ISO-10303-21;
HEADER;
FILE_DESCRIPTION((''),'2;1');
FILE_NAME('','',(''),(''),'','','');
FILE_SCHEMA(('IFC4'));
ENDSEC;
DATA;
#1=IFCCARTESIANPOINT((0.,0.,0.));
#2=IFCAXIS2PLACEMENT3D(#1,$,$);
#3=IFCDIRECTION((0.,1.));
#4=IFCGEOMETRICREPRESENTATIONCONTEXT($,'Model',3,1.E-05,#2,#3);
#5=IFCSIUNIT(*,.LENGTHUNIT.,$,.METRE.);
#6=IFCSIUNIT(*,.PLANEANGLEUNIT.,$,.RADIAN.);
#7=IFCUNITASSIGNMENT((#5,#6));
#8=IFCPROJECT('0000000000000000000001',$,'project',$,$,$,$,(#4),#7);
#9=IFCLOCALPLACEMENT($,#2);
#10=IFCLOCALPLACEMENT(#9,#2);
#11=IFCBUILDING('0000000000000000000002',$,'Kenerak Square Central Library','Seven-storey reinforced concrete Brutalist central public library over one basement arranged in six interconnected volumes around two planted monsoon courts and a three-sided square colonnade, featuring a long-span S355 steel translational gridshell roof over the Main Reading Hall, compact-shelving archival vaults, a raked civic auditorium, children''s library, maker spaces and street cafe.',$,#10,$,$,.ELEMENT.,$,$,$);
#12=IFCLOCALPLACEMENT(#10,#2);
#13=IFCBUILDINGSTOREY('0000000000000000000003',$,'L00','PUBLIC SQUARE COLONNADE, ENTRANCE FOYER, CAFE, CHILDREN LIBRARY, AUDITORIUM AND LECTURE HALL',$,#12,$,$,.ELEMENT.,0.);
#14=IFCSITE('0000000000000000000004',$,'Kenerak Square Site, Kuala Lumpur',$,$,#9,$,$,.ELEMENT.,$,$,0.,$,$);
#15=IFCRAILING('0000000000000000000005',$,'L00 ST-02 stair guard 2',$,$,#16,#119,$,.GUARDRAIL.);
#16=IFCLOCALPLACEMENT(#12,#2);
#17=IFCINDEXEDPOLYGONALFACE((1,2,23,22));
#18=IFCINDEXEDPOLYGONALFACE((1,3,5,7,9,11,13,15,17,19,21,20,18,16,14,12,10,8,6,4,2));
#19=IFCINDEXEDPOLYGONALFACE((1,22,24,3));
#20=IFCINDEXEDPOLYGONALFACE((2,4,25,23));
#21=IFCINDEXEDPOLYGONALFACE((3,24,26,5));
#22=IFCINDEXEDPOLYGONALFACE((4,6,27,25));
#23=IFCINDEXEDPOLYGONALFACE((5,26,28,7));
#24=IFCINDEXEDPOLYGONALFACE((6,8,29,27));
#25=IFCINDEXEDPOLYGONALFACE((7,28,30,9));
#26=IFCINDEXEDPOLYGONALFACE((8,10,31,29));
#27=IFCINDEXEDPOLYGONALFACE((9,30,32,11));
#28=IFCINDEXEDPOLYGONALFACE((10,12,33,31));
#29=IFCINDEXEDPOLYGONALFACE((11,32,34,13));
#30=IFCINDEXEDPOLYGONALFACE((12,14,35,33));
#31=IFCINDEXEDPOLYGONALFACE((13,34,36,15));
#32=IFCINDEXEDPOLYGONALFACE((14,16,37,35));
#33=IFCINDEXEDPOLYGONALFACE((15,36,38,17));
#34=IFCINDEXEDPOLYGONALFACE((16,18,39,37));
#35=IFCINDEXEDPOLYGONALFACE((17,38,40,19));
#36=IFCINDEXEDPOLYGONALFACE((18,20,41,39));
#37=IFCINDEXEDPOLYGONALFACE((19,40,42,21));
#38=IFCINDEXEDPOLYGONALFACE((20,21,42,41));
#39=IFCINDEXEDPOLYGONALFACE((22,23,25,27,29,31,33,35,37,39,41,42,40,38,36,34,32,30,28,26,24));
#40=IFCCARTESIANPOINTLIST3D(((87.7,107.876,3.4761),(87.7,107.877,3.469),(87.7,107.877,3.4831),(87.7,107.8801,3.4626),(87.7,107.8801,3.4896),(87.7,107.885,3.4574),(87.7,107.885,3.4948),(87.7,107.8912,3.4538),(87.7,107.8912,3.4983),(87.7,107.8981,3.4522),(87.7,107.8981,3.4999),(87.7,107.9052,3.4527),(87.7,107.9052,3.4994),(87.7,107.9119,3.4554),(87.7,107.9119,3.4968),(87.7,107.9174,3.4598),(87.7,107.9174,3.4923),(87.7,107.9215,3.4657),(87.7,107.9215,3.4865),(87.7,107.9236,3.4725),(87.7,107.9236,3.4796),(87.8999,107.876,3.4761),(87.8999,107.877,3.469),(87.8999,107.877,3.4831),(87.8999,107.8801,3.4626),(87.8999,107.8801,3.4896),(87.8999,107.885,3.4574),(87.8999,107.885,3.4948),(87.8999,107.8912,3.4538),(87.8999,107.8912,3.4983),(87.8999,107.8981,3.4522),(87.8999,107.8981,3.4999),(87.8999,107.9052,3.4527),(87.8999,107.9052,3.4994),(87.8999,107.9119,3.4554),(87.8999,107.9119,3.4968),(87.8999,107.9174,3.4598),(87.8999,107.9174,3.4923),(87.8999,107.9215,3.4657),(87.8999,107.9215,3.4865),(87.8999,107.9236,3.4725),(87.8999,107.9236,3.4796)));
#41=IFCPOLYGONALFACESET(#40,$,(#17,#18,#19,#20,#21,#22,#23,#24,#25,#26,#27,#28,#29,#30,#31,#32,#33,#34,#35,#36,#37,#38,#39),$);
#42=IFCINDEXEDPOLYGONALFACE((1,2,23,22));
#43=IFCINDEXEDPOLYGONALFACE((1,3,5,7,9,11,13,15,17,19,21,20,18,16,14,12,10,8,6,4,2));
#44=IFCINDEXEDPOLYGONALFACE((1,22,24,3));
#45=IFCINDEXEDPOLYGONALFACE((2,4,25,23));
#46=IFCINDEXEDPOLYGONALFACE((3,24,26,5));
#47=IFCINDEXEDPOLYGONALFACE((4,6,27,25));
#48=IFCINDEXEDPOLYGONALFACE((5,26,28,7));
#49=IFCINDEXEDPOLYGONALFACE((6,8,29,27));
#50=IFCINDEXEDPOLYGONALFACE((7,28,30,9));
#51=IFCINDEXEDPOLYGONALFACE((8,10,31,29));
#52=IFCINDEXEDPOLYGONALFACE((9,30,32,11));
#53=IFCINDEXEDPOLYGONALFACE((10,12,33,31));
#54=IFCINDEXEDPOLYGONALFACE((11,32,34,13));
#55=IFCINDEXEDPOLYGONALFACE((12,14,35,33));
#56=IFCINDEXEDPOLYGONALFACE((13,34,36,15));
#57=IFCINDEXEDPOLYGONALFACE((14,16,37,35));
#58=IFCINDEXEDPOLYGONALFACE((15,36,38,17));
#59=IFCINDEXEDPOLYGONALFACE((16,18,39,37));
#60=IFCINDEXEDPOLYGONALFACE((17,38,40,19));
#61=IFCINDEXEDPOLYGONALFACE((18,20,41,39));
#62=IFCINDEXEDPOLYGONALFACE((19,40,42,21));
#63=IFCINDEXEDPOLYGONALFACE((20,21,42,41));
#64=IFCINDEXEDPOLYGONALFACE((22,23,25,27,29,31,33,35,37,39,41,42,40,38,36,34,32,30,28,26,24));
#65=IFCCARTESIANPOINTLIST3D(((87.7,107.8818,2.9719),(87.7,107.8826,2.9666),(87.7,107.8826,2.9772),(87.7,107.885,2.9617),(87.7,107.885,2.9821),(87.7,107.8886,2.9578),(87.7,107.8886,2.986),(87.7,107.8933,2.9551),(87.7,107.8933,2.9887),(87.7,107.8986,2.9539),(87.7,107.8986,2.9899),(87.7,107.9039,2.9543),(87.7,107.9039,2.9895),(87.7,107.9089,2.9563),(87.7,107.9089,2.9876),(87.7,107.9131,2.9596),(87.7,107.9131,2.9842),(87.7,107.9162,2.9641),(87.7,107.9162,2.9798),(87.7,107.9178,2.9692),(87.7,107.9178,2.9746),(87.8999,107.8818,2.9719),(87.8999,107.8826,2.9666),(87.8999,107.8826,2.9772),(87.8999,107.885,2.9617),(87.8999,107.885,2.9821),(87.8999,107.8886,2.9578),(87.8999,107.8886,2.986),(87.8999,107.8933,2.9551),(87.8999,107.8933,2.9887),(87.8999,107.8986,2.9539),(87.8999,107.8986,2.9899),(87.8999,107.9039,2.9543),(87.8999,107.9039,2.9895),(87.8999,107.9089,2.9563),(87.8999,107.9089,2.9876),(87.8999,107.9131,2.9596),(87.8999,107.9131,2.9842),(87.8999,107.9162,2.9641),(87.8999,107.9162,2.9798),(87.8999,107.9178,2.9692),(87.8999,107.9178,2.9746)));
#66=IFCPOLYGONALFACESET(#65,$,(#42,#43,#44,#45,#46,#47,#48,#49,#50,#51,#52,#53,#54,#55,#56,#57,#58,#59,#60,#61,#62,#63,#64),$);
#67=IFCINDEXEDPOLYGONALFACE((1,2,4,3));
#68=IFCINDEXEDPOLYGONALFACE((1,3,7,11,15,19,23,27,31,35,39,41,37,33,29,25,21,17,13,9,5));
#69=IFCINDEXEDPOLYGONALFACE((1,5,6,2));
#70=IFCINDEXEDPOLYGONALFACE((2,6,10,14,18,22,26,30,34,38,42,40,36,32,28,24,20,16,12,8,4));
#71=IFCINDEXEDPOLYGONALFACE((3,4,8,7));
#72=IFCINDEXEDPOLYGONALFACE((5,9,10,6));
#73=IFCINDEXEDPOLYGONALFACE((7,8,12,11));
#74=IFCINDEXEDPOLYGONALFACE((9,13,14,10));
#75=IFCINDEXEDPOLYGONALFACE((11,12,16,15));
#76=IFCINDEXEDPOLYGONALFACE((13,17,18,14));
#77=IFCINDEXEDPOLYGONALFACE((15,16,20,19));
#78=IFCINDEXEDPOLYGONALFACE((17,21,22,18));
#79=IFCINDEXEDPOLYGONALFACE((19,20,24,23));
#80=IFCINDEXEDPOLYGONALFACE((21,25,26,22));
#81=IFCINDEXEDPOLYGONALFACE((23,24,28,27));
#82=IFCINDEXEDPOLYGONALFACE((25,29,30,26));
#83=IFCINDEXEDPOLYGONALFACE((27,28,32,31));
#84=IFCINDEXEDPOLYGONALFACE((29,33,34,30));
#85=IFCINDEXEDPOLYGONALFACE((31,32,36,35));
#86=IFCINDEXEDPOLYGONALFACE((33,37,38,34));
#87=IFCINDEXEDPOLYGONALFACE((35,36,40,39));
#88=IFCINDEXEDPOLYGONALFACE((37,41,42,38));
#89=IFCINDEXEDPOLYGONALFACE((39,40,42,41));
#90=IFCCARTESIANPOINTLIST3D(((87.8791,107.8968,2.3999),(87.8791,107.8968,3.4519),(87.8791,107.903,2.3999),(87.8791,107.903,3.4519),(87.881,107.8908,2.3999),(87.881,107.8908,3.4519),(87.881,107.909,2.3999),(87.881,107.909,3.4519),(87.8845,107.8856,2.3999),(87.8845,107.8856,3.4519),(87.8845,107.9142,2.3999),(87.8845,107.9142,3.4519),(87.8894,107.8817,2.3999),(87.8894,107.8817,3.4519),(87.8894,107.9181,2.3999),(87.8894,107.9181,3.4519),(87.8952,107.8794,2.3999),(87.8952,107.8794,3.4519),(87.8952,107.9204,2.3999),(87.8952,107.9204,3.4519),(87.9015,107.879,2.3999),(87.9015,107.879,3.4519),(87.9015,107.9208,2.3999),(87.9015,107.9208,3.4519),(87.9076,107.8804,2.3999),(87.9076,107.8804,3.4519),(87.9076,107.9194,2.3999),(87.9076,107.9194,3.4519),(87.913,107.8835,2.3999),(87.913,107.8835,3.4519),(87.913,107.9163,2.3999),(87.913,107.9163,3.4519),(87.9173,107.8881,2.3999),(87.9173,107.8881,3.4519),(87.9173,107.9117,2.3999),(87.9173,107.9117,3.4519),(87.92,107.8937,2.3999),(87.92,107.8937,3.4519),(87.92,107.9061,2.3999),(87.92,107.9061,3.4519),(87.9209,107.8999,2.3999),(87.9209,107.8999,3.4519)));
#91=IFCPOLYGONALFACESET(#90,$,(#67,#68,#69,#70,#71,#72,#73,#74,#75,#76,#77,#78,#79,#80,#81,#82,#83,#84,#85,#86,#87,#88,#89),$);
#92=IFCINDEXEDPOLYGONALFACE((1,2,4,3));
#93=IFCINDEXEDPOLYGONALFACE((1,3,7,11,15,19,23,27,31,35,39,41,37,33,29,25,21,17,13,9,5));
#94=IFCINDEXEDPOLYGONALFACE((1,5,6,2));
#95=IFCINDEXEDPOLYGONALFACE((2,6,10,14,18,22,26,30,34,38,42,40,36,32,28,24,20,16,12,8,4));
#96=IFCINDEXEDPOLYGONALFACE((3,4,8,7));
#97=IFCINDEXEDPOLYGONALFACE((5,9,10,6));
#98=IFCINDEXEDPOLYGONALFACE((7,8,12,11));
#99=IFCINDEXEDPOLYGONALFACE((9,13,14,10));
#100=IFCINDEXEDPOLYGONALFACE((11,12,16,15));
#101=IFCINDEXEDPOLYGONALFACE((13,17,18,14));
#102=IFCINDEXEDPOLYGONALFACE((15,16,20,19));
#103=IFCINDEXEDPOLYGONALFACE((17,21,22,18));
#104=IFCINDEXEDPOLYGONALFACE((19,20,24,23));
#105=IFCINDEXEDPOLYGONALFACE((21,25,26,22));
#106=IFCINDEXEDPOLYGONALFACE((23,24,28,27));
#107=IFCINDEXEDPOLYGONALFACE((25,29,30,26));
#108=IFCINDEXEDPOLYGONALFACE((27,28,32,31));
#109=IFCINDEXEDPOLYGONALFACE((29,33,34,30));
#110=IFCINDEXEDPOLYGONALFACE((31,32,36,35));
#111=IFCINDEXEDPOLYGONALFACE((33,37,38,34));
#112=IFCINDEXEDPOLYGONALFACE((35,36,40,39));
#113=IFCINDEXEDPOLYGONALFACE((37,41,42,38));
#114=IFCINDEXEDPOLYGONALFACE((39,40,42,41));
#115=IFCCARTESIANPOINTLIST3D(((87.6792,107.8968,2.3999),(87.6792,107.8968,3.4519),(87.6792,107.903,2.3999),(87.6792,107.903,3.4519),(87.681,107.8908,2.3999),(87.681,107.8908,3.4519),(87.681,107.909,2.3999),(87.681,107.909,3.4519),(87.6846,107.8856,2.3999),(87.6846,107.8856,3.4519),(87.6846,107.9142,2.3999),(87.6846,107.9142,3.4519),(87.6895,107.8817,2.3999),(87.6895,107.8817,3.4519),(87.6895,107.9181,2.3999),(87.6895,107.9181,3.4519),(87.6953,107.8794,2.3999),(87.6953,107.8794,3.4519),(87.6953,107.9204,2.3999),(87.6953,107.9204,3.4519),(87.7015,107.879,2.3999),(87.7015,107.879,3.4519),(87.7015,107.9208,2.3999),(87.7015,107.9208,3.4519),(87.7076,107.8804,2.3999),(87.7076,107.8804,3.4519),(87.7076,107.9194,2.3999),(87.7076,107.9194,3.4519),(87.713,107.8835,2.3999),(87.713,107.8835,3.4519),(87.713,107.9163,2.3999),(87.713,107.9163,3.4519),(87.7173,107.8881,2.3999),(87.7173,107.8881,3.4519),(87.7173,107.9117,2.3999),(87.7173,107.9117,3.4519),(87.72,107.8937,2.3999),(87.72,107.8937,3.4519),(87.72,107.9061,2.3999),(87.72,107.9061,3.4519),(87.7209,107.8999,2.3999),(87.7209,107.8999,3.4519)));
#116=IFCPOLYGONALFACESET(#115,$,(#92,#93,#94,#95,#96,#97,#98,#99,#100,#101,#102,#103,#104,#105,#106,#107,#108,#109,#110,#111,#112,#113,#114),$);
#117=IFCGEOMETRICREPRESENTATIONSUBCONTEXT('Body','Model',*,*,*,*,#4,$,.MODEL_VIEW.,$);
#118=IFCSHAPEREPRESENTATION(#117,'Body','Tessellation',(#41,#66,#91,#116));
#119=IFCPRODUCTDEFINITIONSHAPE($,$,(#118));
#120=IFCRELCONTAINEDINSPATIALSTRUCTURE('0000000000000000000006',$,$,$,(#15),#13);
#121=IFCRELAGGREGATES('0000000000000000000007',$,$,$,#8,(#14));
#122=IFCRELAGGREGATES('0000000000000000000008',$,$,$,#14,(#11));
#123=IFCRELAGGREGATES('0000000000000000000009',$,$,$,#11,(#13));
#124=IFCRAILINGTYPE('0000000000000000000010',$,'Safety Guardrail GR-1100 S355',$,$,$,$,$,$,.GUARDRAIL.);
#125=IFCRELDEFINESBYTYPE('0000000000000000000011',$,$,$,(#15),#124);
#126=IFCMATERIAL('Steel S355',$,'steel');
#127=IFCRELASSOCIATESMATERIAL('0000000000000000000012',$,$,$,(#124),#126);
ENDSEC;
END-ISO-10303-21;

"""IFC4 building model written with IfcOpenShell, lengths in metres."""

from ifc_helpers import new_model, si_unit, direction, frame, origin, origin_2d, place, context, subcontext, project, spatial, circle, extrude, material, type_object, element, save


model = new_model("IFC4")

# Units and contexts
model_context = context("Model", 3, precision=1e-05, world=origin(), true_north=direction((0.0, 1.0)))
body_context = subcontext(model_context, "Body", "Model", "MODEL_VIEW")
ifc_project = project(units=[si_unit("LENGTHUNIT", "METRE"), si_unit("PLANEANGLEUNIT", "RADIAN")], contexts=[model_context])

# Site, building, storey
site_placement = place(None, origin())
site = spatial("IfcSite", under=ifc_project, at=site_placement, Name="Kenerak Square Site, Kuala Lumpur", CompositionType="ELEMENT", RefElevation=0.0)
building_placement = place(site_placement, origin())
building = spatial("IfcBuilding", under=site, at=building_placement, Name="Kenerak Square Central Library", Description="Seven-storey reinforced concrete Brutalist central public library over one basement arranged in six interconnected volumes around two planted monsoon courts and a three-sided square colonnade, featuring a long-span S355 steel translational gridshell roof over the Main Reading Hall, compact-shelving archival vaults, a raked civic auditorium, children's library, maker spaces and street cafe.", CompositionType="ELEMENT")
storey_placement = place(building_placement, origin())
storey = spatial("IfcBuildingStorey", under=building, at=storey_placement, Name="L00", Description="PUBLIC SQUARE COLONNADE, ENTRANCE FOYER, CAFE, CHILDREN LIBRARY, AUDITORIUM AND LECTURE HALL", CompositionType="ELEMENT", Elevation=0.0)

# Shared definitions
ifc_material_1 = material(Name="Steel S355", Category="steel")

# Railing
railing_type_1 = type_object("IfcRailingType", Name="Safety Guardrail GR-1100 S355", PredefinedType="GUARDRAIL", material=ifc_material_1)
railing_1_placement = place(storey_placement, frame((87.8999, 107.8999, 2.3999)))
element("IfcRailing", 1, at=railing_1_placement, inside=storey, type_object=railing_type_1, Name="L00 ST-02 stair guard 2", PredefinedType="GUARDRAIL", context=body_context, shape_type="SweptSolid", body=[
    extrude(circle(Radius=0.0239, at=origin_2d()), frame((0.0, 0.0, 1.0762), z_axis=(-1.0, 0.0, 0.0), x_axis=(0.0, -1.0, 0.0)), (0.0, 0.0, 1.0), 0.2),
    extrude(circle(Radius=0.0181, at=origin_2d()), frame((0.0, 0.0, 0.572), z_axis=(-1.0, 0.0, 0.0), x_axis=(0.0, -1.0, 0.0)), (0.0, 0.0, 1.0), 0.2),
    extrude(circle(Radius=0.021, at=origin_2d()), origin(), (0.0, 0.0, 1.0), 1.052),
    extrude(circle(Radius=0.021, at=origin_2d()), frame((-0.2, 0.0, 0.0)), (0.0, 0.0, 1.0), 1.052),
])

save(model, "model.ifc")
